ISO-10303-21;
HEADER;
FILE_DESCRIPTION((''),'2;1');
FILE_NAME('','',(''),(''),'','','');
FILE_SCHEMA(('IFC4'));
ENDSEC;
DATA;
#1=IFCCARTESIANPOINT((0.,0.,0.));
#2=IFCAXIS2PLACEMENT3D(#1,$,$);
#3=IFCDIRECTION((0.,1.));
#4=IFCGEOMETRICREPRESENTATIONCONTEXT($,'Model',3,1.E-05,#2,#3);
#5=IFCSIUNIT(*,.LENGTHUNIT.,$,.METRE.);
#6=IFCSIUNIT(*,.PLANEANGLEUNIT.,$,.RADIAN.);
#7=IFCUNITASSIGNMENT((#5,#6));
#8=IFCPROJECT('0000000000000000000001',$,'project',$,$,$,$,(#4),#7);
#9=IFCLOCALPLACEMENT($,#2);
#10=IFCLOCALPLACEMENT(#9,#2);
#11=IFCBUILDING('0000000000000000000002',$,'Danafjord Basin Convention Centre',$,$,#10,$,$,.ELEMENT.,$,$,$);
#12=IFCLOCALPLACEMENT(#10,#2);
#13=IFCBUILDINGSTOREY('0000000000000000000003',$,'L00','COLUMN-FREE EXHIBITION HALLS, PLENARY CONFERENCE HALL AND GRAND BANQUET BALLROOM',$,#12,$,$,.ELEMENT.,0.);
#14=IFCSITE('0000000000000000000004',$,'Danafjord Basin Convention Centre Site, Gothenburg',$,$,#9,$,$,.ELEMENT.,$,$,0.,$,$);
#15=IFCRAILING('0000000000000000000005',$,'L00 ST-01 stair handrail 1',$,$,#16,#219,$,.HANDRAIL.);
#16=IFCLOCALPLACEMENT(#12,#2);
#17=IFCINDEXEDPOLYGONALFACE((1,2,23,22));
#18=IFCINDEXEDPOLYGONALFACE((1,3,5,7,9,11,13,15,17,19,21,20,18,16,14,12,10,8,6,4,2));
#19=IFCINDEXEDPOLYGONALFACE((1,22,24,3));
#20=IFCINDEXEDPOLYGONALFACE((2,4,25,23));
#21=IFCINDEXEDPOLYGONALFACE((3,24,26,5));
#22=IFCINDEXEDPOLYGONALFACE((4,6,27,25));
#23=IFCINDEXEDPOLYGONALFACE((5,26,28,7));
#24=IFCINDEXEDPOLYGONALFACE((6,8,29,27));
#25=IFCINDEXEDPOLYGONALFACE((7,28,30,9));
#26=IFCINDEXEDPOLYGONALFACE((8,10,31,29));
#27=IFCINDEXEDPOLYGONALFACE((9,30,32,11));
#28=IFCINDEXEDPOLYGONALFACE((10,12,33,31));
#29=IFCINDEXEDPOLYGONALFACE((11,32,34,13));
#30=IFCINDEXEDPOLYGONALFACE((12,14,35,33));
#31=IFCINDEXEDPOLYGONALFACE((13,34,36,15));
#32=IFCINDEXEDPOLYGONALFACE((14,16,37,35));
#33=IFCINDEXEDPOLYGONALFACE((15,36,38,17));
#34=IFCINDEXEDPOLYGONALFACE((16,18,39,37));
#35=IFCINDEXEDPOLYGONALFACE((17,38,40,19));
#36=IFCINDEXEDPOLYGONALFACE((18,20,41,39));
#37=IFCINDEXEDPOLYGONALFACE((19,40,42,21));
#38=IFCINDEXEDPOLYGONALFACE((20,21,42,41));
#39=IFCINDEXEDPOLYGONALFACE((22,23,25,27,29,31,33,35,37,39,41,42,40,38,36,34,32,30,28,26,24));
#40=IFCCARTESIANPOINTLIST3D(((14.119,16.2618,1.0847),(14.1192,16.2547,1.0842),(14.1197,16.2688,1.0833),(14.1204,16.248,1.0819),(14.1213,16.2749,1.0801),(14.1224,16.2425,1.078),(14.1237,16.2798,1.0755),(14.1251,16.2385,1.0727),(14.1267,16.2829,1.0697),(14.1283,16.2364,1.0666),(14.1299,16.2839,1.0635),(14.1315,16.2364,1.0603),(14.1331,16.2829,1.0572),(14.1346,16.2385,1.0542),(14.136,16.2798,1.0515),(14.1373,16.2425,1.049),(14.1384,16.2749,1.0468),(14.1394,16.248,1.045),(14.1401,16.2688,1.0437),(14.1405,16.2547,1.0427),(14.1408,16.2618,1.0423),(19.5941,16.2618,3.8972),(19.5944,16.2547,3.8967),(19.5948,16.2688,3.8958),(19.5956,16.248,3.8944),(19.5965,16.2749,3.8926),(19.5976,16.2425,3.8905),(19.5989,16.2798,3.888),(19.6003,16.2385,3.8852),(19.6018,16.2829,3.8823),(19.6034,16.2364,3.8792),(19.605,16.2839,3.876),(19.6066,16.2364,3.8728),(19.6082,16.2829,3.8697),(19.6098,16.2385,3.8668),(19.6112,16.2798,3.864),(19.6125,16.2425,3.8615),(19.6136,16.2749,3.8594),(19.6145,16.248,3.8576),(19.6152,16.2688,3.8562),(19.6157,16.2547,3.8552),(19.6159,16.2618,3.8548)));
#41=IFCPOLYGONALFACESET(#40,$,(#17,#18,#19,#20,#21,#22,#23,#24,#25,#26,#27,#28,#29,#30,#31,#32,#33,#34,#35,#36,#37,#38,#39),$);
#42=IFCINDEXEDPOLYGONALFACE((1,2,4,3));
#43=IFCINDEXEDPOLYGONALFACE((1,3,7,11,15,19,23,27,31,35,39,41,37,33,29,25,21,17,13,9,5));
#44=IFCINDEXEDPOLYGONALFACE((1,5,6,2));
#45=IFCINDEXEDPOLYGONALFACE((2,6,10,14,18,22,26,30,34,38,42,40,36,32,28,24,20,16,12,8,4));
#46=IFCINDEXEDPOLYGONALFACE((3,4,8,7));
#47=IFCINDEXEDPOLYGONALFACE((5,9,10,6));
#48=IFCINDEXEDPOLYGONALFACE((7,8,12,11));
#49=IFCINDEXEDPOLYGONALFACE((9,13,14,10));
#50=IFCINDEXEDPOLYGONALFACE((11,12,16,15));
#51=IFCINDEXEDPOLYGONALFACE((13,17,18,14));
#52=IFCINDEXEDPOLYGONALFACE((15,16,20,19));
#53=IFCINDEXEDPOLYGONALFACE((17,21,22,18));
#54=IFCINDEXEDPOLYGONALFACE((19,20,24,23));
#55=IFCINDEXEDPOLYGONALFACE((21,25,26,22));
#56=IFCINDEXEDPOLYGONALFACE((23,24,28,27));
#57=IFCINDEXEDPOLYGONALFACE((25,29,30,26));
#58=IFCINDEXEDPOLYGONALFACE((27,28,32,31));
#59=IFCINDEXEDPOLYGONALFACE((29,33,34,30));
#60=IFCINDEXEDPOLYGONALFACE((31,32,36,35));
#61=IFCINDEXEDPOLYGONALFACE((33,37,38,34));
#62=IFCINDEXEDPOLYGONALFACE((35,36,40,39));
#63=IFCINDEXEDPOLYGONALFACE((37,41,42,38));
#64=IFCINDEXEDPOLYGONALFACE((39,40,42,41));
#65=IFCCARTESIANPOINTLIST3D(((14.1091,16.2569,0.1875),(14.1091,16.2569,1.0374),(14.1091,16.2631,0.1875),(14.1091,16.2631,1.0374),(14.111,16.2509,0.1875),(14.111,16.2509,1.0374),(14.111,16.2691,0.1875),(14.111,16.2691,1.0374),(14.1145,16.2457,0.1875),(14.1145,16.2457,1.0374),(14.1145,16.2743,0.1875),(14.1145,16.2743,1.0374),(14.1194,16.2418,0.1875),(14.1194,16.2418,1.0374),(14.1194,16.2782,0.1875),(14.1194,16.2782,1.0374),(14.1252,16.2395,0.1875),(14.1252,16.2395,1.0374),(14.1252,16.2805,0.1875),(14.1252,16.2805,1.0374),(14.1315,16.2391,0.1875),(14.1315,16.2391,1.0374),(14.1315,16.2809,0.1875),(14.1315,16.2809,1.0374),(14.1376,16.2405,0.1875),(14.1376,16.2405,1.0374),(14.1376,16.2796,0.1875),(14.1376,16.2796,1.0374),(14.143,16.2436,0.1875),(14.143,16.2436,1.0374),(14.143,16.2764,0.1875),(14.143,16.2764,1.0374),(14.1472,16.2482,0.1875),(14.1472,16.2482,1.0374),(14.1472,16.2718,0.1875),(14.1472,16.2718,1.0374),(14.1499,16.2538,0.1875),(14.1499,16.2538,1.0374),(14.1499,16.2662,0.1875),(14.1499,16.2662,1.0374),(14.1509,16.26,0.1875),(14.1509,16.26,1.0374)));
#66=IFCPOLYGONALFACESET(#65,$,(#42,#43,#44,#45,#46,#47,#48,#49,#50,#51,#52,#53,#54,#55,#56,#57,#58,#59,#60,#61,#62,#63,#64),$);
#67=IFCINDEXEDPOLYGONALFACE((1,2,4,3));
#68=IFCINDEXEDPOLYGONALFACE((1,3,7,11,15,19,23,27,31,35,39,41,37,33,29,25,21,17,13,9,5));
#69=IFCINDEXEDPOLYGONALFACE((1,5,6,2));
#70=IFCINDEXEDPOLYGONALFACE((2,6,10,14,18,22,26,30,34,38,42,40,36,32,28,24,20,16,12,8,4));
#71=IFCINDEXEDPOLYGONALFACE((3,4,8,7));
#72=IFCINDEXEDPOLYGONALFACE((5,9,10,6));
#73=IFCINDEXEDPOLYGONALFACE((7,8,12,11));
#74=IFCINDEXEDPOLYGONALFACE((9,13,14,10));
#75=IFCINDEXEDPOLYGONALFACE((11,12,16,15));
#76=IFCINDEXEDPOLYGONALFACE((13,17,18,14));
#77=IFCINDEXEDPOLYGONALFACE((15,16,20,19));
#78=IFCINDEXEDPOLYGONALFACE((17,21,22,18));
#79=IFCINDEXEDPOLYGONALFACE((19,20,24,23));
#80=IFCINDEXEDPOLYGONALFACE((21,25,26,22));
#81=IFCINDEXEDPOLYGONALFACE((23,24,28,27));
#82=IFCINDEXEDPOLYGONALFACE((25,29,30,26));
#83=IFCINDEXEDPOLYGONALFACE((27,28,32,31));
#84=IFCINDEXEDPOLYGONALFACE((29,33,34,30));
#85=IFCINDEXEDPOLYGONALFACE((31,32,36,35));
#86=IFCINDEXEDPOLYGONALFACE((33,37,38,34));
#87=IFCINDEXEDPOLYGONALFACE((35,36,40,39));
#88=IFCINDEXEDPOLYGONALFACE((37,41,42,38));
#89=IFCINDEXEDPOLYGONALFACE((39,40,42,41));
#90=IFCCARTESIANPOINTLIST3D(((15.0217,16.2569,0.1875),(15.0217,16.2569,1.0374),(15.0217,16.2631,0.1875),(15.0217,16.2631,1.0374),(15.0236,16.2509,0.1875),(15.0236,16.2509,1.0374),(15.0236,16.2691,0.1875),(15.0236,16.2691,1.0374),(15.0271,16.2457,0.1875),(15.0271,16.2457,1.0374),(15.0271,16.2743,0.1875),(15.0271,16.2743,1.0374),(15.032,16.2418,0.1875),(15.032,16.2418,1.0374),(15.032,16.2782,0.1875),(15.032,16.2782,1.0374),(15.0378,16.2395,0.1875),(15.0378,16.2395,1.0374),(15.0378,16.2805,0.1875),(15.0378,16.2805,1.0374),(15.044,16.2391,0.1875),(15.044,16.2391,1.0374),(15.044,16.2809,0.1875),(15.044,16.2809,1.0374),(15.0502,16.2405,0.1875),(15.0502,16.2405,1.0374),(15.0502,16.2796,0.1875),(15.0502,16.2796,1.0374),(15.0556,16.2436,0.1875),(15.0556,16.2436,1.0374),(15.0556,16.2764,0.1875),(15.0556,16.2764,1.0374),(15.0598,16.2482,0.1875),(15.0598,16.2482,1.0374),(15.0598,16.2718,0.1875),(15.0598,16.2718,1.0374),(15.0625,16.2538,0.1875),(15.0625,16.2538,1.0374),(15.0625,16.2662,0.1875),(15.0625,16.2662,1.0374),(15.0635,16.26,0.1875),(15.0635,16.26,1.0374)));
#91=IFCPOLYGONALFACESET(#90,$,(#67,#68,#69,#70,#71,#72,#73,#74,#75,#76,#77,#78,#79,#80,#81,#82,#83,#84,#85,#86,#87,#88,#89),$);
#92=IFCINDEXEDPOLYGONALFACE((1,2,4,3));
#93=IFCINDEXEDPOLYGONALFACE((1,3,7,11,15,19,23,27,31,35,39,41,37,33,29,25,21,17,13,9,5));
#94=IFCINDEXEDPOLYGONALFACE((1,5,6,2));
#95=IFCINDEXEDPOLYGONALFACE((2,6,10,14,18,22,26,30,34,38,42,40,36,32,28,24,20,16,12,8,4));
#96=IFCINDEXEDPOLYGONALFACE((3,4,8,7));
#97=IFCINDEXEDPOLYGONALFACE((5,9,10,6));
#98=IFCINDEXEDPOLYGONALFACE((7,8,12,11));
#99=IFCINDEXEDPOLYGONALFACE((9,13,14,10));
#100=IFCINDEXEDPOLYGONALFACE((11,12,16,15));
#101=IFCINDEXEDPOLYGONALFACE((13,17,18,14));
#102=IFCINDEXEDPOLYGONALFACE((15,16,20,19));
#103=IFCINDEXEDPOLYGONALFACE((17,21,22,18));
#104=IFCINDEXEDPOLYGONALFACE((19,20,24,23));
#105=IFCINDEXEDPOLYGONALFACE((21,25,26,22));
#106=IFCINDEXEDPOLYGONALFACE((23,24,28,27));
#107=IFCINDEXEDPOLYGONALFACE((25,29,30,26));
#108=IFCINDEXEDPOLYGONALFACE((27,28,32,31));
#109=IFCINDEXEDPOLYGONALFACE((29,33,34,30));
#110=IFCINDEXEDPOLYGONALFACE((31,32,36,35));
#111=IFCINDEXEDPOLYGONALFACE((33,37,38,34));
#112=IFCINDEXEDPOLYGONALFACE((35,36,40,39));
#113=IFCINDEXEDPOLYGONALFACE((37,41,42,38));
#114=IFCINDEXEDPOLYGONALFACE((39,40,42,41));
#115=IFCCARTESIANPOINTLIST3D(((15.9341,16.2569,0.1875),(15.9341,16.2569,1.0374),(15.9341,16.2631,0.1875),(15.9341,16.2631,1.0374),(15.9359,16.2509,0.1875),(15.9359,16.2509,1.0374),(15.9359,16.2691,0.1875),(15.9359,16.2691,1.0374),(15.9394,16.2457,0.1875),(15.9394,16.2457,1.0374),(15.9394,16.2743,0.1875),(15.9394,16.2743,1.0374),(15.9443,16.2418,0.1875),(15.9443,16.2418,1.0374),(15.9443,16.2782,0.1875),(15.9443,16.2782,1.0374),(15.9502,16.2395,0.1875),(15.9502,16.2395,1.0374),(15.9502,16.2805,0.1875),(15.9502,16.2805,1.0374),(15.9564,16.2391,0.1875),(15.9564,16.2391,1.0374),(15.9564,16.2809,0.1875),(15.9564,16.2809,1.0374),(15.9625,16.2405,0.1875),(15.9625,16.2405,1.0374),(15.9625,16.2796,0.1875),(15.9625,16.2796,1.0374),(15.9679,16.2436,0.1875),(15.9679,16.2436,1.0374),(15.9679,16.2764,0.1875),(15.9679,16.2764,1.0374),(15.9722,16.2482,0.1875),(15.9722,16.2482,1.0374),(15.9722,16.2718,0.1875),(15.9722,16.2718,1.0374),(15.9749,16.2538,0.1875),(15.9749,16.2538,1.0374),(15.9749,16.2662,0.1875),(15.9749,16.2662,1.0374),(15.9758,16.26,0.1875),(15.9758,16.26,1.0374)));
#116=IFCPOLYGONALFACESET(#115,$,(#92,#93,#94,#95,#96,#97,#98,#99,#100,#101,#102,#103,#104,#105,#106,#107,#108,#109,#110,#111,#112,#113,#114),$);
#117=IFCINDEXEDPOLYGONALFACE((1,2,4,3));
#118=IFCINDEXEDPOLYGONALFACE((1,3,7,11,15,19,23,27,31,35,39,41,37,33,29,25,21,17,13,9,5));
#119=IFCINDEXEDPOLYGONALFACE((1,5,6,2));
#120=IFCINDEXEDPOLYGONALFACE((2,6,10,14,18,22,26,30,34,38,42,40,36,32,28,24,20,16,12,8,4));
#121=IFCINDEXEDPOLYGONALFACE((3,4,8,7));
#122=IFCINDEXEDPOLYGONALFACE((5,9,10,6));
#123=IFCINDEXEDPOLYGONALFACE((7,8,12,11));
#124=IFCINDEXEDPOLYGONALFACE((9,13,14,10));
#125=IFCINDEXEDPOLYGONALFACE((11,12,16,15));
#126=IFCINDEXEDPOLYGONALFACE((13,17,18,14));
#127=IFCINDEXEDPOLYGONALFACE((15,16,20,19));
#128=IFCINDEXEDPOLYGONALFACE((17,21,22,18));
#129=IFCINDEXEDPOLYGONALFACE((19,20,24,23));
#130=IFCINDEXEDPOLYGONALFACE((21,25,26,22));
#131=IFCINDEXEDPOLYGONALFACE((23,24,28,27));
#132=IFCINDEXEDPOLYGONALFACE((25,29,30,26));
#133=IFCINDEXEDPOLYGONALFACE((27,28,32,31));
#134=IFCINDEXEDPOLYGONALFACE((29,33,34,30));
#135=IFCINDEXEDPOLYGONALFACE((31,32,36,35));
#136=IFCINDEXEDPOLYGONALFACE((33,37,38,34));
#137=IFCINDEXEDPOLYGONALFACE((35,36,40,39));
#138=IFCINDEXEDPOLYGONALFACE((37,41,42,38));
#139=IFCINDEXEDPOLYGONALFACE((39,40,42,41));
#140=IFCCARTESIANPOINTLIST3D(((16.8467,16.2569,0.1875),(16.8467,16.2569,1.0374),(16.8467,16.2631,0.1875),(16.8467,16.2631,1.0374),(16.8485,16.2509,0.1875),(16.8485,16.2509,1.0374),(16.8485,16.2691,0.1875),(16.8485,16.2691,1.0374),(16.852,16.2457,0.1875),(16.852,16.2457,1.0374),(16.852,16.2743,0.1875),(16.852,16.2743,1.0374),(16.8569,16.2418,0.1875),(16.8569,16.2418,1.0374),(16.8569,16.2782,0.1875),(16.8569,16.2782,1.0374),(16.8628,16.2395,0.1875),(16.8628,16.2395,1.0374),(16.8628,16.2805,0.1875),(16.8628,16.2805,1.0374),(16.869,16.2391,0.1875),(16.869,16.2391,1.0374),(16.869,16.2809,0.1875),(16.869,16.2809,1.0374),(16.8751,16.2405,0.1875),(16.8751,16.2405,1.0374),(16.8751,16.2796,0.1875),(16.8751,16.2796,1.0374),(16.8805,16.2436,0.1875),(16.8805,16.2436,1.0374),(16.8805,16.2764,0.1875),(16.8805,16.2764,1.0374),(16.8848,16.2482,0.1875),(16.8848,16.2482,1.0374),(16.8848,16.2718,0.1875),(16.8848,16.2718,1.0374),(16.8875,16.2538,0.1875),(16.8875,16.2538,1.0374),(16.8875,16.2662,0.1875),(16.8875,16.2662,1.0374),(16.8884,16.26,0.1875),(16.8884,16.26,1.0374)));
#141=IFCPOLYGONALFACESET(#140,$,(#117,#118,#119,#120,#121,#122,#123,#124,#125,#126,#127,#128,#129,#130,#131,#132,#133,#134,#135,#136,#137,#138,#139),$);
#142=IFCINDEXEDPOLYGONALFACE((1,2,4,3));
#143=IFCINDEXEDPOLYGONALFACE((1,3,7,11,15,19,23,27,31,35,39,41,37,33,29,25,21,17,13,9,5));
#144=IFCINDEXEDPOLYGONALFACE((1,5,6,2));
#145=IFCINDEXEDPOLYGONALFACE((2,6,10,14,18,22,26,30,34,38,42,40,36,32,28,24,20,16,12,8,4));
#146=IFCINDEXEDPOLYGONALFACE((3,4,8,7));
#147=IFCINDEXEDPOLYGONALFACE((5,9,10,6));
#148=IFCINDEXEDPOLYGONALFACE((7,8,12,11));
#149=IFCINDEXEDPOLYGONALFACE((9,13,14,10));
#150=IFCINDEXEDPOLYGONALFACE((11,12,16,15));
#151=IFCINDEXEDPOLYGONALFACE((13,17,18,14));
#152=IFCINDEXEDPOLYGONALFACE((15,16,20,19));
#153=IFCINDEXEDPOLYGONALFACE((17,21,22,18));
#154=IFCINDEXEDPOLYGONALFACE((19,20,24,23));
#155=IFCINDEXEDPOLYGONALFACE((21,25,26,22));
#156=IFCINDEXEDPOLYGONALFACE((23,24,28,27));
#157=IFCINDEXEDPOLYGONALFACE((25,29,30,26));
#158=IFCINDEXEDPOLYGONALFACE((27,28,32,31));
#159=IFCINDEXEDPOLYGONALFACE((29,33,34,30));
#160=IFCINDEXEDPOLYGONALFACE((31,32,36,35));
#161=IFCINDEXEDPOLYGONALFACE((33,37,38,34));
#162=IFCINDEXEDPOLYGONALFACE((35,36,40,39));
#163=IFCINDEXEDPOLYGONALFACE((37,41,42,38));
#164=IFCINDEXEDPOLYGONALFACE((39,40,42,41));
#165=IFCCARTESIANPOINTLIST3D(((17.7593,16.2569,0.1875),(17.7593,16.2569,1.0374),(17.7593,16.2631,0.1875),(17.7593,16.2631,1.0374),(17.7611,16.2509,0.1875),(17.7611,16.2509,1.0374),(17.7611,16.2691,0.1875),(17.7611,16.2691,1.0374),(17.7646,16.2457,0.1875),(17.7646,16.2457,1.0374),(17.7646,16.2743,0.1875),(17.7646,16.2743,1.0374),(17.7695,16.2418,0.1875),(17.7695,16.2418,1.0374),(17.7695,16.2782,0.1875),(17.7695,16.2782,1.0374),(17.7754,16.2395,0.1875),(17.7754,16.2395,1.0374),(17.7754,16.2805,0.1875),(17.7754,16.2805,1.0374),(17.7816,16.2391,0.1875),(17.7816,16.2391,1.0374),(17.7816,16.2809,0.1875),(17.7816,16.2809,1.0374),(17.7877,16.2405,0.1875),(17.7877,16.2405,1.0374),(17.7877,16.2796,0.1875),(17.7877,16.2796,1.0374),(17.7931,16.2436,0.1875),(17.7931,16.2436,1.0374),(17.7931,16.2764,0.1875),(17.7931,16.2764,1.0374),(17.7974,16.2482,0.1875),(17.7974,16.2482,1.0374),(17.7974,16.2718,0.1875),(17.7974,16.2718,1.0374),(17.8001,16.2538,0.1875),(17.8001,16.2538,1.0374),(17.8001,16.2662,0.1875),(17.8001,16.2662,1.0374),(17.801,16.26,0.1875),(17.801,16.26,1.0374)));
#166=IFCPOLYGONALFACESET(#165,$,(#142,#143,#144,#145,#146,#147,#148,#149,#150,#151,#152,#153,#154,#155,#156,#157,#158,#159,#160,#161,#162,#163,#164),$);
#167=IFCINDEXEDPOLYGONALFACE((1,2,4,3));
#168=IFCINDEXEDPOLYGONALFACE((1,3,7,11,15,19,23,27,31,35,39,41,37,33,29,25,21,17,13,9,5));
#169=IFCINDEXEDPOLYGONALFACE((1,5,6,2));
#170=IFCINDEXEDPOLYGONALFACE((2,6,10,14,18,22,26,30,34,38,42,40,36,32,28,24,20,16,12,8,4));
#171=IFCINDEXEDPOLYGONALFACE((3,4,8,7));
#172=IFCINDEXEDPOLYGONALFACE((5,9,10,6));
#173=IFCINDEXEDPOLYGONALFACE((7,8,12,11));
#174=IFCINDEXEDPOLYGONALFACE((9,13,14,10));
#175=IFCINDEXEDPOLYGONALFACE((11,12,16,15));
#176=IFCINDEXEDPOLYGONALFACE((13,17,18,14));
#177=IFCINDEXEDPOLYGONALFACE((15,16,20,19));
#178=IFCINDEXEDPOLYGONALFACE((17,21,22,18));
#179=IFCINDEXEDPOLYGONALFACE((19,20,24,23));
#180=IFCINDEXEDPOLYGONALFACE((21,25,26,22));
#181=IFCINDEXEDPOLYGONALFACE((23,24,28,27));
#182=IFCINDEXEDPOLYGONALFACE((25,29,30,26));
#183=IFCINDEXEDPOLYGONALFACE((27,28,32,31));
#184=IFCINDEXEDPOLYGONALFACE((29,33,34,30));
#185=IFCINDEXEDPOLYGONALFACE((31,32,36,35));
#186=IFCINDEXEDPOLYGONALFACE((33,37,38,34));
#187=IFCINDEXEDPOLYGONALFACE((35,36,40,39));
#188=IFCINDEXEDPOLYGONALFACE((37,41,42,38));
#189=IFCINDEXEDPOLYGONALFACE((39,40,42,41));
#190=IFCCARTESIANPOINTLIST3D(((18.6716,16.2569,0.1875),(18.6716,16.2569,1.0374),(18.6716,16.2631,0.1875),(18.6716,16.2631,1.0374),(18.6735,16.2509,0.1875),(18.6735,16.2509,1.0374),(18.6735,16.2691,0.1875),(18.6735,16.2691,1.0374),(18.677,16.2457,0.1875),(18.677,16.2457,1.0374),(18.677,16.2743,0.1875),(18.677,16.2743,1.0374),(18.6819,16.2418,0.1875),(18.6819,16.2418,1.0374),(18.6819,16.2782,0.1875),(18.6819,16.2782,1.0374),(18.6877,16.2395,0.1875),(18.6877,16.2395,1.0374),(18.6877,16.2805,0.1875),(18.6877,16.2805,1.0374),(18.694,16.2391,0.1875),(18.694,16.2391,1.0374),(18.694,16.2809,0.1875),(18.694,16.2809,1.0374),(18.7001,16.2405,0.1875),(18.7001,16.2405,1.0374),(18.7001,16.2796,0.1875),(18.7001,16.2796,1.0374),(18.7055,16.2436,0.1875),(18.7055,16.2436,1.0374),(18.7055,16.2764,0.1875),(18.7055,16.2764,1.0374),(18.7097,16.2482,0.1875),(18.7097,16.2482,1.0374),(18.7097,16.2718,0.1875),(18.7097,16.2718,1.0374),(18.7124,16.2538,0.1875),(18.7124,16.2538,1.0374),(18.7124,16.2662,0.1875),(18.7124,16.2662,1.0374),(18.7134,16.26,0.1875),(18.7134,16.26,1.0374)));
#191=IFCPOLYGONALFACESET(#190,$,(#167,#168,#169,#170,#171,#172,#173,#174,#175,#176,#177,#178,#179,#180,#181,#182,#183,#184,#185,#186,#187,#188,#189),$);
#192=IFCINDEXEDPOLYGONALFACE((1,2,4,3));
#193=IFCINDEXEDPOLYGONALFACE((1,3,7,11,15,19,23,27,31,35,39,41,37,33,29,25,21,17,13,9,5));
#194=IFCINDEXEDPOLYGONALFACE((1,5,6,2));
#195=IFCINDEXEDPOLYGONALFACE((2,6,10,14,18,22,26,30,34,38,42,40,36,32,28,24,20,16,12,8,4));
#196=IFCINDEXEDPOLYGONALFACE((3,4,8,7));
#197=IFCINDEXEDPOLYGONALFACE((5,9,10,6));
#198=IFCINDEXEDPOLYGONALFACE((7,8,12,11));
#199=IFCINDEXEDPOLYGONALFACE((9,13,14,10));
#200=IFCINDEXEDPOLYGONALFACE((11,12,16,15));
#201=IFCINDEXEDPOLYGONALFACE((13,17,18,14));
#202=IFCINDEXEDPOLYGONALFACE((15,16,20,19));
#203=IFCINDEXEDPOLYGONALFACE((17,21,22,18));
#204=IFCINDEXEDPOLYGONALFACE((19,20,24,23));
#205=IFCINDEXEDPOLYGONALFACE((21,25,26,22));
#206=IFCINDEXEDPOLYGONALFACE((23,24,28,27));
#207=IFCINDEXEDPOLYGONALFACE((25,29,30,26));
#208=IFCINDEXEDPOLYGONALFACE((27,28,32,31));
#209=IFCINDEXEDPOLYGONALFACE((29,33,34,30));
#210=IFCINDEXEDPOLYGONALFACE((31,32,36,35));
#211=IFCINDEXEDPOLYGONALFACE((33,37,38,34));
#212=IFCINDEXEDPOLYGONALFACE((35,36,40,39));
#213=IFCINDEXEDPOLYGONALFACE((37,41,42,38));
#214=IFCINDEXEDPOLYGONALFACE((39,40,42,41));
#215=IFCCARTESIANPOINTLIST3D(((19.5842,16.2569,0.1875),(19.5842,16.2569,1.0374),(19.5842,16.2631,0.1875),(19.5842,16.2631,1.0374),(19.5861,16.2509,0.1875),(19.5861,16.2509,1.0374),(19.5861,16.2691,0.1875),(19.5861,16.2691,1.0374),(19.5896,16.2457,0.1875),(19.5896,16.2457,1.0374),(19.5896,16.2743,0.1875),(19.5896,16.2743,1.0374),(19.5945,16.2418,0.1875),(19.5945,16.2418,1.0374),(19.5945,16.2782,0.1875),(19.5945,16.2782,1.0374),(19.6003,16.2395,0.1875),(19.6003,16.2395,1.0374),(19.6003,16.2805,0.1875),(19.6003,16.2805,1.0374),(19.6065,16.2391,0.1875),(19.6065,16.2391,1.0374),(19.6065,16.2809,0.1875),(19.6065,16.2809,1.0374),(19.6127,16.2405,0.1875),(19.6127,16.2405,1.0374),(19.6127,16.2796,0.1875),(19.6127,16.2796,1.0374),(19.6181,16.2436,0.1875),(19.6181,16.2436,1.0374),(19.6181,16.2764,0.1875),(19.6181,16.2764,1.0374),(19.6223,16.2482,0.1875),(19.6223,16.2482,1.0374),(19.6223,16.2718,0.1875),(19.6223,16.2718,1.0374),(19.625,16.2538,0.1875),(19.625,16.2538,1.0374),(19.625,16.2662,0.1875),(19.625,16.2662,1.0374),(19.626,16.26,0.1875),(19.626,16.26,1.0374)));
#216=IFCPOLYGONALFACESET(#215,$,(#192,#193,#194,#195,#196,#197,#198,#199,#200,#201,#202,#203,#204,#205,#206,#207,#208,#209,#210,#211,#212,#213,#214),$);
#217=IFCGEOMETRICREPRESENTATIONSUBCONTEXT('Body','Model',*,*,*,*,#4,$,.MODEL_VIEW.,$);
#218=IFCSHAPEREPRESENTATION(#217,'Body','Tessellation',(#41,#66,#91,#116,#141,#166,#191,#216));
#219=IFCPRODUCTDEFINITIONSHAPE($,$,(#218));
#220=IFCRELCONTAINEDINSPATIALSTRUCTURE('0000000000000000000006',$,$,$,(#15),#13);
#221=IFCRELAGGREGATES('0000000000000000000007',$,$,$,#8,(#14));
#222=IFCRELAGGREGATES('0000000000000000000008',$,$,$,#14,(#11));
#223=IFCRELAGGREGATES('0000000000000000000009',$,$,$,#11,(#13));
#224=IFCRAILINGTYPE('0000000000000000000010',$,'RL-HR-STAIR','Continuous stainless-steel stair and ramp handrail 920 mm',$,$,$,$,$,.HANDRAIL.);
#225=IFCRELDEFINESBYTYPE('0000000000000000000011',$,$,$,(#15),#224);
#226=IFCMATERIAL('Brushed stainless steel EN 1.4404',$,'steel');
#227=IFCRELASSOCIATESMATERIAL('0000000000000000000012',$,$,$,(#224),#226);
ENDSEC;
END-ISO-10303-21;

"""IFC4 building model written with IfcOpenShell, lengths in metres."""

from ifc_helpers import new_model, si_unit, direction, frame, origin, origin_2d, place, context, subcontext, project, spatial, circle, extrude, material, type_object, element, save


model = new_model("IFC4")

# Units and contexts
model_context = context("Model", 3, precision=1e-05, world=origin(), true_north=direction((0.0, 1.0)))
body_context = subcontext(model_context, "Body", "Model", "MODEL_VIEW")
ifc_project = project(units=[si_unit("LENGTHUNIT", "METRE"), si_unit("PLANEANGLEUNIT", "RADIAN")], contexts=[model_context])

# Site, building, storey
site_placement = place(None, origin())
site = spatial("IfcSite", under=ifc_project, at=site_placement, Name="Danafjord Basin Convention Centre Site, Gothenburg", CompositionType="ELEMENT", RefElevation=0.0)
building_placement = place(site_placement, origin())
building = spatial("IfcBuilding", under=site, at=building_placement, Name="Danafjord Basin Convention Centre", CompositionType="ELEMENT")
storey_placement = place(building_placement, origin())
storey = spatial("IfcBuildingStorey", under=building, at=storey_placement, Name="L00", Description="COLUMN-FREE EXHIBITION HALLS, PLENARY CONFERENCE HALL AND GRAND BANQUET BALLROOM", CompositionType="ELEMENT", Elevation=0.0)

# Railing
ifc_material_1 = material(Name="Brushed stainless steel EN 1.4404", Category="steel")
railing_type_1 = type_object("IfcRailingType", Name="RL-HR-STAIR", Description="Continuous stainless-steel stair and ramp handrail 920 mm", PredefinedType="HANDRAIL", material=ifc_material_1)
railing_1_placement = place(storey_placement, frame((14.1299, 16.26, 0.1875)))
element("IfcRailing", 1, at=railing_1_placement, inside=storey, type_object=railing_type_1, Name="L00 ST-01 stair handrail 1", PredefinedType="HANDRAIL", context=body_context, shape_type="SweptSolid", body=[
    extrude(circle(Radius=0.0239, at=origin_2d()), frame((0.0, 0.0, 0.876), z_axis=(0.889503, 0.0, 0.456929), x_axis=(0.0, 1.0, 0.0)), (0.0, 0.0, 1.0), 6.1553),
    extrude(circle(Radius=0.021, at=origin_2d()), origin(), (0.0, 0.0, 1.0), 0.8499),
    extrude(circle(Radius=0.021, at=origin_2d()), frame((0.9126, 0.0, 0.0)), (0.0, 0.0, 1.0), 0.8499),
    extrude(circle(Radius=0.021, at=origin_2d()), frame((1.825, 0.0, 0.0)), (0.0, 0.0, 1.0), 0.8499),
    extrude(circle(Radius=0.021, at=origin_2d()), frame((2.7375, 0.0, 0.0)), (0.0, 0.0, 1.0), 0.8499),
    extrude(circle(Radius=0.021, at=origin_2d()), frame((3.6501, 0.0, 0.0)), (0.0, 0.0, 1.0), 0.8499),
    extrude(circle(Radius=0.021, at=origin_2d()), frame((4.5625, 0.0, 0.0)), (0.0, 0.0, 1.0), 0.8499),
    extrude(circle(Radius=0.021, at=origin_2d()), frame((5.4751, 0.0, 0.0)), (0.0, 0.0, 1.0), 0.8499),
])

save(model, "model.ifc")
